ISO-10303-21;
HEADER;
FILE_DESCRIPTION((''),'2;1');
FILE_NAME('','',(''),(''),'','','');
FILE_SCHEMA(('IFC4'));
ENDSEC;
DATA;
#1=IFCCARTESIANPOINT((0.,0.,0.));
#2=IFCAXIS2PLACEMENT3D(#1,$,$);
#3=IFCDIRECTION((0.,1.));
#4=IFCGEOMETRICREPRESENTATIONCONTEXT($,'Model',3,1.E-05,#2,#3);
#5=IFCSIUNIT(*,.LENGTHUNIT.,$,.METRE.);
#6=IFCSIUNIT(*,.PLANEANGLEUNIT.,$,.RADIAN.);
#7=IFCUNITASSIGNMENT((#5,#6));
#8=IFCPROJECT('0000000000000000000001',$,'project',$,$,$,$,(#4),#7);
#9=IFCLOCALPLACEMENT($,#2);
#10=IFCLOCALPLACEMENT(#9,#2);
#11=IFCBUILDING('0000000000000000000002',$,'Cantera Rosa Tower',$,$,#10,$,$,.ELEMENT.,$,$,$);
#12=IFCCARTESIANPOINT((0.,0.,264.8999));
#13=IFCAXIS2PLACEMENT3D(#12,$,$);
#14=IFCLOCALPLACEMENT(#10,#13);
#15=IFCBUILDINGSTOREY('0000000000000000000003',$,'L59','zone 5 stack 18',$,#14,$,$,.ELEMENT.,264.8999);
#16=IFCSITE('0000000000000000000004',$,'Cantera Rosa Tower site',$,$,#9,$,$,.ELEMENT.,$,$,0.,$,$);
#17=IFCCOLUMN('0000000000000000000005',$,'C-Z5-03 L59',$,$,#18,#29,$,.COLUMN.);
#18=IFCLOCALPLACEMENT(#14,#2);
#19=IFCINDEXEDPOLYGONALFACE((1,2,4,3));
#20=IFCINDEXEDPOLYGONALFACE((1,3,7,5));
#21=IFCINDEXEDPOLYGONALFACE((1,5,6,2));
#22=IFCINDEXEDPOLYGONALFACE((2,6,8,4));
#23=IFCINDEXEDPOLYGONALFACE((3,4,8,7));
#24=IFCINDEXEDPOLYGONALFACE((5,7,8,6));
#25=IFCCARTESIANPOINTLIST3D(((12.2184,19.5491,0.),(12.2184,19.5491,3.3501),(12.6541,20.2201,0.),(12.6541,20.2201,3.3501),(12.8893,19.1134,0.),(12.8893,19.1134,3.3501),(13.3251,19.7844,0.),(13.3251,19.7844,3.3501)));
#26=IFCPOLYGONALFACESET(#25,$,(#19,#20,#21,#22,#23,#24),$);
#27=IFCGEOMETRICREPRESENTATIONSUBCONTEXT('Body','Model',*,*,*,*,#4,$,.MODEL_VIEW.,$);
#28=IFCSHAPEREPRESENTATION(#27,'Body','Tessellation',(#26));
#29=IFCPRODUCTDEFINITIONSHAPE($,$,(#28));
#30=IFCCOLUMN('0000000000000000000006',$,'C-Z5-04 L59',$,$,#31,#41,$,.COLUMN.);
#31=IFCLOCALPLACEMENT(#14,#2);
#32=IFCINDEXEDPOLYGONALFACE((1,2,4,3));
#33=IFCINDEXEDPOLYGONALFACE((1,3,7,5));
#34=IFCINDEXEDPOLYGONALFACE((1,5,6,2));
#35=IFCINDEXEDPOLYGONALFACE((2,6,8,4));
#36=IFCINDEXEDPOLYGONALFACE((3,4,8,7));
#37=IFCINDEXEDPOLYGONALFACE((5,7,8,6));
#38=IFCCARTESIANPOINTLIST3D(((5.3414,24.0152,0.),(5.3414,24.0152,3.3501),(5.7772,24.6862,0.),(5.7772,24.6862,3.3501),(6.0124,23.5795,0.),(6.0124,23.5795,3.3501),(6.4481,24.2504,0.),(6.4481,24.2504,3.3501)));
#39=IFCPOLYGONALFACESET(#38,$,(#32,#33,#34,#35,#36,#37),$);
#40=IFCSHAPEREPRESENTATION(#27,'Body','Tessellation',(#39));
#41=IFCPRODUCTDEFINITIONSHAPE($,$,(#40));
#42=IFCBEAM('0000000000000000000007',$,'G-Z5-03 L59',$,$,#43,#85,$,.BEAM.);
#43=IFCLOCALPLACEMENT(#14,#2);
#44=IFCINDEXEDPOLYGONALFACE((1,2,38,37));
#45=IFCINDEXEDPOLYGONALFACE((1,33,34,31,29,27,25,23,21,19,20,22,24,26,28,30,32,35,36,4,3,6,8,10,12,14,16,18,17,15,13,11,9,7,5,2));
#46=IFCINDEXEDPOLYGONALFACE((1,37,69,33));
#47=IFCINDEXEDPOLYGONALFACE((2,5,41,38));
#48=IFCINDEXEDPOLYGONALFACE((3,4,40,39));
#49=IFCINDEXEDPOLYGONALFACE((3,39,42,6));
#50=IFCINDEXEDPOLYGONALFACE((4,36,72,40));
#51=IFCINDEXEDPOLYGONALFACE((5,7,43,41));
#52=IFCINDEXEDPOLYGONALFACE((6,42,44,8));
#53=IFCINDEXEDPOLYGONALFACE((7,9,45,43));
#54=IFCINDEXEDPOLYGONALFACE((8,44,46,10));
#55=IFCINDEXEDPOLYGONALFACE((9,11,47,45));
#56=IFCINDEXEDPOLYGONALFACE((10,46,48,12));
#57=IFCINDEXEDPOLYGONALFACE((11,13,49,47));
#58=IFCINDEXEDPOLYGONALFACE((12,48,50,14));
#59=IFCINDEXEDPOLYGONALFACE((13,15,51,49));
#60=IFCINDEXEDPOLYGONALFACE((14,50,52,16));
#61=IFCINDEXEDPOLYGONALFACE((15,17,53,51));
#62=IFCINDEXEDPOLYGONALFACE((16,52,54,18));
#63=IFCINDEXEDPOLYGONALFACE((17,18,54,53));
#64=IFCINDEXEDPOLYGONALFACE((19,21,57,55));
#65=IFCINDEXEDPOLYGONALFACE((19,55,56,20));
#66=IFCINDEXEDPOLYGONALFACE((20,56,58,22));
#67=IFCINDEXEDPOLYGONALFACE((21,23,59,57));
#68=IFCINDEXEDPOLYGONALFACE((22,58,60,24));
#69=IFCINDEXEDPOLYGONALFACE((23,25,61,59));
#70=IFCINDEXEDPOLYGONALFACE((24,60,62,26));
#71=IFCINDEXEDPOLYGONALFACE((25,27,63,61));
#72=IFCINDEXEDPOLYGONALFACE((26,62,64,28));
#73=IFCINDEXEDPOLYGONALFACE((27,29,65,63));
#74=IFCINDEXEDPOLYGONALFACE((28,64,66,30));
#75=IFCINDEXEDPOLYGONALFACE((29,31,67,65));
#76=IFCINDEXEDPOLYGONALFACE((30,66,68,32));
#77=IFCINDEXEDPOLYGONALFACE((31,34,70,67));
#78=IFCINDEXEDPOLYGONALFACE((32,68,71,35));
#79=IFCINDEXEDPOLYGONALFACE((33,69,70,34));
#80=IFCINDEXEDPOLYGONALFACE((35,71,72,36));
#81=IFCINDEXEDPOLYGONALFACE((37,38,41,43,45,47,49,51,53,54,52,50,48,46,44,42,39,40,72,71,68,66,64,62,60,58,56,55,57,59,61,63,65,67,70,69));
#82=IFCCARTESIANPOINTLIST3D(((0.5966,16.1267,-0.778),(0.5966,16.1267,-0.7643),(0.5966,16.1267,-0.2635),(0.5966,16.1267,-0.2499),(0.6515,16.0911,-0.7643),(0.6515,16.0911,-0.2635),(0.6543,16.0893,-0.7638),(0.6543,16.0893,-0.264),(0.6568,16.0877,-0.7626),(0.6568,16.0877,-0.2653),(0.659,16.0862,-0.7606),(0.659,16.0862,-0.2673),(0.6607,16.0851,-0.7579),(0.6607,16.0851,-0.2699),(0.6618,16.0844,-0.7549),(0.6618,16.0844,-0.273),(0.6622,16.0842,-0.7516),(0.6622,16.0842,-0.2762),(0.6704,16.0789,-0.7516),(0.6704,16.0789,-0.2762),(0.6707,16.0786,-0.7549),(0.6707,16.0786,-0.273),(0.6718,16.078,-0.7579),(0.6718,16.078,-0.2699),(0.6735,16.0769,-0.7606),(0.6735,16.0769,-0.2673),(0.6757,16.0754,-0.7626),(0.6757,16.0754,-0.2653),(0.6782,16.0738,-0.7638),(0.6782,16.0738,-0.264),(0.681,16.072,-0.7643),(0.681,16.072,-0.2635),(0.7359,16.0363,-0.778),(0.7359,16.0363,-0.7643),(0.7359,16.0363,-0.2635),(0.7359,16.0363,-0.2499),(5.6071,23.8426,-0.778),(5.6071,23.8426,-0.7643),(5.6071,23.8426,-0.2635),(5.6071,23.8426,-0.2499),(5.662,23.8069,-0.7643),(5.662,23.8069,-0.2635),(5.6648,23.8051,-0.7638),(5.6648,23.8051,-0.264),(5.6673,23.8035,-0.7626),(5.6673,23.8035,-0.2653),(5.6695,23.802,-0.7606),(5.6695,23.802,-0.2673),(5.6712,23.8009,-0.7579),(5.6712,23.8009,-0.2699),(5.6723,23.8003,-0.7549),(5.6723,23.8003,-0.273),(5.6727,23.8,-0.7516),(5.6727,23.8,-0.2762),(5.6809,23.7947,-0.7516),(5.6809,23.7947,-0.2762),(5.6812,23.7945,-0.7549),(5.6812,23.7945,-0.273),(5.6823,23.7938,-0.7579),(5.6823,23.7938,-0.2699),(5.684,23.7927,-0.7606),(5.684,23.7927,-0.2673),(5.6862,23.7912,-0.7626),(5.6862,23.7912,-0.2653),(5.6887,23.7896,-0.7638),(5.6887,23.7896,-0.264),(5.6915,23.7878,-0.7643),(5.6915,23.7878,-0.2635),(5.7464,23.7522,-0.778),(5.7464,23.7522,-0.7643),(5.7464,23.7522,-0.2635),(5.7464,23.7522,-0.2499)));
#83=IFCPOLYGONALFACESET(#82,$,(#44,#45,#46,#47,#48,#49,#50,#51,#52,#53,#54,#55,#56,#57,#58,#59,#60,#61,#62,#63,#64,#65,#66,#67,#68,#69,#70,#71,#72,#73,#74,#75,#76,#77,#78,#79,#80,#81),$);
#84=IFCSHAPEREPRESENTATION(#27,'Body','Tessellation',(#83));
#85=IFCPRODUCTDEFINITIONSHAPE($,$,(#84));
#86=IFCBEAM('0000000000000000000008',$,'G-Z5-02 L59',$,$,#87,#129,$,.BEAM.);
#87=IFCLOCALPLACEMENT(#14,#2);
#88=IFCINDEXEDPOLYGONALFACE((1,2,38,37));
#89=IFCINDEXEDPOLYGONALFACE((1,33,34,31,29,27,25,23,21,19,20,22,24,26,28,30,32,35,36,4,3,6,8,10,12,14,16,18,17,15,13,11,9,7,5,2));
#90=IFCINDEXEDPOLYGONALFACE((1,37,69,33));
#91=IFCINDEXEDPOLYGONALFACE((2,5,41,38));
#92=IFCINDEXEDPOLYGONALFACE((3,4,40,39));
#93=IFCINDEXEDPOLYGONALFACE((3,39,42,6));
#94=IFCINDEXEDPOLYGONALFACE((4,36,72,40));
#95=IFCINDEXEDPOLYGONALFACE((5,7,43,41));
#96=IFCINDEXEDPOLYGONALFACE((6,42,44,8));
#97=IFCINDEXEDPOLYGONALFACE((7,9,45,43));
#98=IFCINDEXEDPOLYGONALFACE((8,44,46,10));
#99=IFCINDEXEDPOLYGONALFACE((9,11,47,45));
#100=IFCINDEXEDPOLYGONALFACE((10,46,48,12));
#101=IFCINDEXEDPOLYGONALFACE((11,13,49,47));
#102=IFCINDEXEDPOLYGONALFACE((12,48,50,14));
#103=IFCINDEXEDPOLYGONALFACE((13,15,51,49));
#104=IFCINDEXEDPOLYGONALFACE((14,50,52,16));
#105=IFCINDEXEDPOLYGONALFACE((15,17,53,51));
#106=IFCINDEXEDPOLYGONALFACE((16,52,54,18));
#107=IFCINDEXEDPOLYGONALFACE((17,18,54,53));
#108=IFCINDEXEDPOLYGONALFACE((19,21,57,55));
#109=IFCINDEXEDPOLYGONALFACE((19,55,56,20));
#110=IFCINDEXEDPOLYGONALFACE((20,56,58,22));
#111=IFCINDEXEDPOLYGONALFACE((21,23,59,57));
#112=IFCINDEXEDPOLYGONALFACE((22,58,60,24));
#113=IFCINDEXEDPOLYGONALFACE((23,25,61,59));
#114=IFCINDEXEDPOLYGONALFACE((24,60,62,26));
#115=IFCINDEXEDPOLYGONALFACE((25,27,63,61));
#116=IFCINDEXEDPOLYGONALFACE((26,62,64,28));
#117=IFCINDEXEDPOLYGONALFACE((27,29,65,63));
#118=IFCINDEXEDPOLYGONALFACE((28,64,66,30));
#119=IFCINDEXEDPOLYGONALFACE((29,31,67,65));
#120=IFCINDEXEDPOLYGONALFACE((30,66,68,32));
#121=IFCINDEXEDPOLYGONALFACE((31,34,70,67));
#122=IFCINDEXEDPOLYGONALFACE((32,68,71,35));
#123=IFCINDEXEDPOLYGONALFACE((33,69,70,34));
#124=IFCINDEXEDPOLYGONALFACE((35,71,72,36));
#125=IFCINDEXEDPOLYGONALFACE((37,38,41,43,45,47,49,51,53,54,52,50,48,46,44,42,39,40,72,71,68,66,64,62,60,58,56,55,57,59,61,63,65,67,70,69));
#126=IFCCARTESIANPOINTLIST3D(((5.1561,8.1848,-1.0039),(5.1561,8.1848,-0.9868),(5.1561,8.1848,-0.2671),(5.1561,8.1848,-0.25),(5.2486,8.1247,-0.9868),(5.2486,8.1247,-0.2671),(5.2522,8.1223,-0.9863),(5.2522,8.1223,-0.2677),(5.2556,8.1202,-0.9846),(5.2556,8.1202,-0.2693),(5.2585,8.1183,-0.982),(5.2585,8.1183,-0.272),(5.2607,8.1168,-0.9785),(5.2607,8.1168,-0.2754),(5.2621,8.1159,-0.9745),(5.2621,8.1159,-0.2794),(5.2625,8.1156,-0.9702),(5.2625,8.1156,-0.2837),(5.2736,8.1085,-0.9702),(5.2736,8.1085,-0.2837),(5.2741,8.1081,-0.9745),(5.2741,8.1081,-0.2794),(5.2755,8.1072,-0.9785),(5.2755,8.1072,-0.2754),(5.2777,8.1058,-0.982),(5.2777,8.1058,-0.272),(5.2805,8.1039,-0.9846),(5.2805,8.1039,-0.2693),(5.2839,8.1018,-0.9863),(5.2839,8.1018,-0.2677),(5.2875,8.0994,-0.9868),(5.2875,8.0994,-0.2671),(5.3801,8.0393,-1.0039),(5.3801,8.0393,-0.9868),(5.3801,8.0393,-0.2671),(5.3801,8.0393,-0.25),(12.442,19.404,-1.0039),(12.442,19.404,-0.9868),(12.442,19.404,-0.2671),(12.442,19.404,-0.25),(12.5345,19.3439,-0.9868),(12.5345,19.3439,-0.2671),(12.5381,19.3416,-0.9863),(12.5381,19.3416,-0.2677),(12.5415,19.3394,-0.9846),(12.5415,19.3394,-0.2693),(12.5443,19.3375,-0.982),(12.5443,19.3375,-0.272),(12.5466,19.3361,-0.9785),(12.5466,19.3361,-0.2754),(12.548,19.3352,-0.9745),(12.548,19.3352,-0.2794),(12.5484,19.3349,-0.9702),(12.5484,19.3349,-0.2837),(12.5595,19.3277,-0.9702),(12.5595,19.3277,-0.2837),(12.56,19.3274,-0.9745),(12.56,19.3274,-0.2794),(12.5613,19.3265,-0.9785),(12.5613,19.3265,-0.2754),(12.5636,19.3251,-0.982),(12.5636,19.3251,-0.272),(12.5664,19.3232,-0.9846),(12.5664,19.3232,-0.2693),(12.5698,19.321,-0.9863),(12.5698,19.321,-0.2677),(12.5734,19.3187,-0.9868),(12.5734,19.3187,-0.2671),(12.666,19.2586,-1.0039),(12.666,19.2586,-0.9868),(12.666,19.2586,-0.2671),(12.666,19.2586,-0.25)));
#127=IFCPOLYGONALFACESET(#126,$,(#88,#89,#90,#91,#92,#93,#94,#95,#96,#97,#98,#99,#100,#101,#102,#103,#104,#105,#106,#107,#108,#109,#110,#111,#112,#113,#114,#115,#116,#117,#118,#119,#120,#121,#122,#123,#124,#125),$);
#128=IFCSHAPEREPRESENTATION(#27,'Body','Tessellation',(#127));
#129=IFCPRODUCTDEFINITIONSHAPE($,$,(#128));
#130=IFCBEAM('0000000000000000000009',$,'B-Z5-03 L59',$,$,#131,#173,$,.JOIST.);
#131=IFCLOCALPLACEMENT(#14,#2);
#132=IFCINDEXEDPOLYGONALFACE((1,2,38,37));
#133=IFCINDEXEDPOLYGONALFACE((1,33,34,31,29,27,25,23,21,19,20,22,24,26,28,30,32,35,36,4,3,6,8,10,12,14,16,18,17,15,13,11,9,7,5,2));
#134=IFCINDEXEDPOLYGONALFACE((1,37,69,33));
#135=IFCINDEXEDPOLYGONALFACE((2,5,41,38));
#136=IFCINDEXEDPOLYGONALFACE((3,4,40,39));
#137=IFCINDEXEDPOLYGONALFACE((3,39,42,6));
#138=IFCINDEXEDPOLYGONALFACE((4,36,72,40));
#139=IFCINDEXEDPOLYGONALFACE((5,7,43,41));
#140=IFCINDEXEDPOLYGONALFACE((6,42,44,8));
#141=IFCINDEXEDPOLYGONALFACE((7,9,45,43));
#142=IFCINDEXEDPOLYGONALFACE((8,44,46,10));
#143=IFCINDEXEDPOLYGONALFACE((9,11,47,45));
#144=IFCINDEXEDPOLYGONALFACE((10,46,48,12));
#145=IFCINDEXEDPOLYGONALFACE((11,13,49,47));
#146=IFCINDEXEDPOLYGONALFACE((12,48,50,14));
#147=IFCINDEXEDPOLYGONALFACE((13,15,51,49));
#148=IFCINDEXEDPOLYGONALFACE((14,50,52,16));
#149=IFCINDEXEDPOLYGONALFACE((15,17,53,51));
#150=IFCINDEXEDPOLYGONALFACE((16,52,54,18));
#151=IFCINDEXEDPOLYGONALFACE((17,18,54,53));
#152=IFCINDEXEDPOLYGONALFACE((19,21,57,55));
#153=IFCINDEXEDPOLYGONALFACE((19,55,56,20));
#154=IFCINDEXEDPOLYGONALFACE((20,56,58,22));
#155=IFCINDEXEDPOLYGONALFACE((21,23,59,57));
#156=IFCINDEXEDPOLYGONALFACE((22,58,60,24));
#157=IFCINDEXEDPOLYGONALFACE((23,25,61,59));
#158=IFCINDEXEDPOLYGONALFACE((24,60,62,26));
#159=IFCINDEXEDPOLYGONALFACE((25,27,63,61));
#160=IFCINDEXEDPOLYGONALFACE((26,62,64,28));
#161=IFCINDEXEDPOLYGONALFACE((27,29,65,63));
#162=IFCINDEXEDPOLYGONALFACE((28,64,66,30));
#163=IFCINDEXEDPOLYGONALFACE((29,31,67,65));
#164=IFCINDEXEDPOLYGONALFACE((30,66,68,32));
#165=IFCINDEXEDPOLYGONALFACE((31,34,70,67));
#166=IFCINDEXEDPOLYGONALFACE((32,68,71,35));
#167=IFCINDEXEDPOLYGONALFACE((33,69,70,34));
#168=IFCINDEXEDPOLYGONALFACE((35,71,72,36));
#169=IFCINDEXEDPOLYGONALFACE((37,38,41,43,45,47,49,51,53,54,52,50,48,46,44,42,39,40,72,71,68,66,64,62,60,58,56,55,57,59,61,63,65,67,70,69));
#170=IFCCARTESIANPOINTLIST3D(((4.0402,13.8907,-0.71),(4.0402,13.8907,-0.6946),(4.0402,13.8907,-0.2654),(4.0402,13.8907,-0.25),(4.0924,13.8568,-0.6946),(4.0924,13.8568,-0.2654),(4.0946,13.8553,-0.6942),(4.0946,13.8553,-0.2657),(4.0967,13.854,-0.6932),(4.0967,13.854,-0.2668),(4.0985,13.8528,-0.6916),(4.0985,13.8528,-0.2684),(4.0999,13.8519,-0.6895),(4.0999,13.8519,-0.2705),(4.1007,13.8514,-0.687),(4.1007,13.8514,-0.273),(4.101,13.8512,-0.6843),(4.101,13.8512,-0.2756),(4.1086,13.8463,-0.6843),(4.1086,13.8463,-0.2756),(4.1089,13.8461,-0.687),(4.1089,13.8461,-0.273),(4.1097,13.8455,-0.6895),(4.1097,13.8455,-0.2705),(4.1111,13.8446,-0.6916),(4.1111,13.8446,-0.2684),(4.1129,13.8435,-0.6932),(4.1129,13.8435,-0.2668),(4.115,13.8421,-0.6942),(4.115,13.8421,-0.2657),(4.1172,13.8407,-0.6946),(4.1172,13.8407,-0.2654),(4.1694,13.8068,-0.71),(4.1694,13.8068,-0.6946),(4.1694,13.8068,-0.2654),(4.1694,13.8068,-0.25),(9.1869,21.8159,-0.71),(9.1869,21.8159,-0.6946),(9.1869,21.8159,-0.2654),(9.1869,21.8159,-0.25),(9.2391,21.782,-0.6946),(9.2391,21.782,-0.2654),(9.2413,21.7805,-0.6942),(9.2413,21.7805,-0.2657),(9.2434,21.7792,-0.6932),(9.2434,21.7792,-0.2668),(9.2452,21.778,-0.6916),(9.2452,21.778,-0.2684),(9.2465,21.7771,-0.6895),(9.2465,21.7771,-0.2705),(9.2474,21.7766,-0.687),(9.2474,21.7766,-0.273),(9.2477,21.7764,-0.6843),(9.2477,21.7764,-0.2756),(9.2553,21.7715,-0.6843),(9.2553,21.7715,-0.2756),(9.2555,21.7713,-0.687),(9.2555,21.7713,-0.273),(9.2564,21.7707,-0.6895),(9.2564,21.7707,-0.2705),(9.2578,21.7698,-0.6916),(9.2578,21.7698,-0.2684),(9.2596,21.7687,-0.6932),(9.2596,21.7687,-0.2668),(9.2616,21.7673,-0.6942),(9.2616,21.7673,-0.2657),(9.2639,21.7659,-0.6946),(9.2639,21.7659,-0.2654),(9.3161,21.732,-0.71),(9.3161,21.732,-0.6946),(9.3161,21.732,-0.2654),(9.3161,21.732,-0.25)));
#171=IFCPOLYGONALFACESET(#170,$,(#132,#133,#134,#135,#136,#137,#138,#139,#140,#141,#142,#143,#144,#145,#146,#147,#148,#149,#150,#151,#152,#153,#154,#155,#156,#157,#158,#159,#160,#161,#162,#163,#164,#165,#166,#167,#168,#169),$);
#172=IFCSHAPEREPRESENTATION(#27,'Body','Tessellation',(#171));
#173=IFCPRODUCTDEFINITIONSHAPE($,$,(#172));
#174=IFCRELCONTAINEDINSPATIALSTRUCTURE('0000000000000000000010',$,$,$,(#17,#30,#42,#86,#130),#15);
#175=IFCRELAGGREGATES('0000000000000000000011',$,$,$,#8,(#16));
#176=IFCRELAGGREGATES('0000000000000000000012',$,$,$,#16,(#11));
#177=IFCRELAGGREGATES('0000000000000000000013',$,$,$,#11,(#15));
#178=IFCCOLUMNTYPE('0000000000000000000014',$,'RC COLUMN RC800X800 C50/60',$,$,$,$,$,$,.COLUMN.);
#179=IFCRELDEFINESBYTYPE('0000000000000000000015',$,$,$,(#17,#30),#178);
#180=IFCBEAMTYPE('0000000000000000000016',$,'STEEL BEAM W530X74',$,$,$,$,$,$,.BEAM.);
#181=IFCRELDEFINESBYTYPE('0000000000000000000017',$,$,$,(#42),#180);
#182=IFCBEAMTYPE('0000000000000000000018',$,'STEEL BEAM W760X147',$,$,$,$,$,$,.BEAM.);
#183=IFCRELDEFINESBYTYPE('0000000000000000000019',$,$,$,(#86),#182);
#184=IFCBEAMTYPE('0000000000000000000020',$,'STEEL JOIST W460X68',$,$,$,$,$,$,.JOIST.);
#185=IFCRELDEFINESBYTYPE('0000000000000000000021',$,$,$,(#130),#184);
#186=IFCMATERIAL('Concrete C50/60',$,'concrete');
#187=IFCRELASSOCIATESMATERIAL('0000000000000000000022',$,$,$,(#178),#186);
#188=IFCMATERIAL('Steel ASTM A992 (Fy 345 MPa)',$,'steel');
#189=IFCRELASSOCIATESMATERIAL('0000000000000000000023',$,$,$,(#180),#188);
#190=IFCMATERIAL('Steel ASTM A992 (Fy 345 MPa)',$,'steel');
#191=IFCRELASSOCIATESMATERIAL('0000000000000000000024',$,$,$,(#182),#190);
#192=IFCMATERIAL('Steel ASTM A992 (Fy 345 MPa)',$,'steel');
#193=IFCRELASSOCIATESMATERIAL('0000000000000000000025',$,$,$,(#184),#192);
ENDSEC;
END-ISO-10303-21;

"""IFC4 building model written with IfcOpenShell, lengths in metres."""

from ifc_helpers import new_model, si_unit, direction, frame, origin, origin_2d, place, context, subcontext, project, spatial, rectangle, i_section, extrude, material, material_profile, profile_set, type_object, element, save


model = new_model("IFC4")

# Units and contexts
model_context = context("Model", 3, precision=1e-05, world=origin(), true_north=direction((0.0, 1.0)))
body_context = subcontext(model_context, "Body", "Model", "MODEL_VIEW")
ifc_project = project(units=[si_unit("LENGTHUNIT", "METRE"), si_unit("PLANEANGLEUNIT", "RADIAN")], contexts=[model_context])

# Site, building, storey
site_placement = place(None, origin())
site = spatial("IfcSite", under=ifc_project, at=site_placement, Name="Cantera Rosa Tower site", CompositionType="ELEMENT", RefElevation=0.0)
building_placement = place(site_placement, origin())
building = spatial("IfcBuilding", under=site, at=building_placement, Name="Cantera Rosa Tower", CompositionType="ELEMENT")
storey_placement = place(building_placement, frame((0.0, 0.0, 264.8999)))
storey = spatial("IfcBuildingStorey", under=building, at=storey_placement, Name="L59", Description="zone 5 stack 18", CompositionType="ELEMENT", Elevation=264.8999)

# Columns
ifc_material_1 = material(Name="Concrete C50/60", Category="concrete")
ifc_material_profile_1 = material_profile(ifc_material_1, rectangle(XDim=0.8, YDim=0.8, at=origin_2d()), Name="RC COLUMN RC800X800 C50/60")
ifc_profile_set_1 = profile_set([ifc_material_profile_1], Name="Concrete C50/60")
column_type = type_object("IfcColumnType", Name="RC COLUMN RC800X800 C50/60", PredefinedType="COLUMN", material=ifc_profile_set_1)
for number, where, z_axis, x_axis, name in (
    (1, (12.7717, 19.6667, 0.0), (0.0, 0.0, 1.0), (0.544639, 0.838671, 0.0), "C-Z5-03 L59"),
    (2, (5.8948, 24.1328, 0.0), (0.0, 0.0, 1.0), (0.544639, 0.838671, 0.0), "C-Z5-04 L59"),
):
    element("IfcColumn", number, at=place(storey_placement, frame(where, z_axis=z_axis, x_axis=x_axis)), inside=storey, type_object=column_type, Name=name, PredefinedType="COLUMN", context=body_context, shape_type="SweptSolid", body=[
        extrude(rectangle(XDim=0.8, YDim=0.8, at=origin_2d()), origin(), (0.0, 0.0, 1.0), 3.3501),
    ])

# Beams
ifc_material_2 = material(Name="Steel ASTM A992 (Fy 345 MPa)", Category="steel")
ifc_material_profile_2 = material_profile(ifc_material_2, i_section(OverallWidth=0.166, OverallDepth=0.5281, WebThickness=0.0098, FlangeThickness=0.0137, FilletRadius=0.0127, at=origin_2d()), Name="W530X74")
ifc_profile_set_2 = profile_set([ifc_material_profile_2], Name="Steel ASTM A992 (Fy 345 MPa)")
beam_type_1 = type_object("IfcBeamType", Name="STEEL BEAM W530X74", PredefinedType="BEAM", material=ifc_profile_set_2)
beam_1_placement = place(storey_placement, frame((5.6768, 23.7974, -0.5139), z_axis=(-0.544623, -0.838681, 0.0), x_axis=(0.838681, -0.544623, 0.0)))
element("IfcBeam", 3, at=beam_1_placement, inside=storey, type_object=beam_type_1, Name="G-Z5-03 L59", PredefinedType="BEAM", context=body_context, shape_type="SweptSolid", body=[
    extrude(i_section(OverallWidth=0.166, OverallDepth=0.5281, WebThickness=0.0098, FlangeThickness=0.0137, FilletRadius=0.0127, at=origin_2d()), origin(), (0.0, 0.0, 1.0), 9.2),
])
ifc_material_3 = material(Name="Steel ASTM A992 (Fy 345 MPa)", Category="steel")
ifc_material_profile_3 = material_profile(ifc_material_3, i_section(OverallWidth=0.2671, OverallDepth=0.7539, WebThickness=0.0132, FlangeThickness=0.0171, FilletRadius=0.0166, at=origin_2d()), Name="W760X147")
ifc_profile_set_3 = profile_set([ifc_material_profile_3], Name="Steel ASTM A992 (Fy 345 MPa)")
beam_type_2 = type_object("IfcBeamType", Name="STEEL BEAM W760X147", PredefinedType="BEAM", material=ifc_profile_set_3)
beam_2_placement = place(storey_placement, frame((12.554, 19.3313, -0.627), z_axis=(-0.544641, -0.83867, 0.0), x_axis=(0.83867, -0.544641, 0.0)))
element("IfcBeam", 4, at=beam_2_placement, inside=storey, type_object=beam_type_2, Name="G-Z5-02 L59", PredefinedType="BEAM", context=body_context, shape_type="SweptSolid", body=[
    extrude(i_section(OverallWidth=0.2671, OverallDepth=0.7539, WebThickness=0.0132, FlangeThickness=0.0171, FilletRadius=0.0166, at=origin_2d()), origin(), (0.0, 0.0, 1.0), 13.3774),
])
ifc_material_4 = material(Name="Steel ASTM A992 (Fy 345 MPa)", Category="steel")
ifc_material_profile_4 = material_profile(ifc_material_4, i_section(OverallWidth=0.1541, OverallDepth=0.46, WebThickness=0.009, FlangeThickness=0.0154, FilletRadius=0.0103, at=origin_2d()), Name="W460X68")
ifc_profile_set_4 = profile_set([ifc_material_profile_4], Name="Steel ASTM A992 (Fy 345 MPa)")
beam_type_3 = type_object("IfcBeamType", Name="STEEL JOIST W460X68", PredefinedType="JOIST", material=ifc_profile_set_4)
beam_3_placement = place(storey_placement, frame((9.2515, 21.7739, -0.48), z_axis=(-0.544638, -0.838671, 0.0), x_axis=(0.838671, -0.544638, 0.0)))
element("IfcBeam", 5, at=beam_3_placement, inside=storey, type_object=beam_type_3, Name="B-Z5-03 L59", PredefinedType="JOIST", context=body_context, shape_type="SweptSolid", body=[
    extrude(i_section(OverallWidth=0.1541, OverallDepth=0.46, WebThickness=0.009, FlangeThickness=0.0154, FilletRadius=0.0103, at=origin_2d()), origin(), (0.0, 0.0, 1.0), 9.4497),
])

save(model, "model.ifc")
